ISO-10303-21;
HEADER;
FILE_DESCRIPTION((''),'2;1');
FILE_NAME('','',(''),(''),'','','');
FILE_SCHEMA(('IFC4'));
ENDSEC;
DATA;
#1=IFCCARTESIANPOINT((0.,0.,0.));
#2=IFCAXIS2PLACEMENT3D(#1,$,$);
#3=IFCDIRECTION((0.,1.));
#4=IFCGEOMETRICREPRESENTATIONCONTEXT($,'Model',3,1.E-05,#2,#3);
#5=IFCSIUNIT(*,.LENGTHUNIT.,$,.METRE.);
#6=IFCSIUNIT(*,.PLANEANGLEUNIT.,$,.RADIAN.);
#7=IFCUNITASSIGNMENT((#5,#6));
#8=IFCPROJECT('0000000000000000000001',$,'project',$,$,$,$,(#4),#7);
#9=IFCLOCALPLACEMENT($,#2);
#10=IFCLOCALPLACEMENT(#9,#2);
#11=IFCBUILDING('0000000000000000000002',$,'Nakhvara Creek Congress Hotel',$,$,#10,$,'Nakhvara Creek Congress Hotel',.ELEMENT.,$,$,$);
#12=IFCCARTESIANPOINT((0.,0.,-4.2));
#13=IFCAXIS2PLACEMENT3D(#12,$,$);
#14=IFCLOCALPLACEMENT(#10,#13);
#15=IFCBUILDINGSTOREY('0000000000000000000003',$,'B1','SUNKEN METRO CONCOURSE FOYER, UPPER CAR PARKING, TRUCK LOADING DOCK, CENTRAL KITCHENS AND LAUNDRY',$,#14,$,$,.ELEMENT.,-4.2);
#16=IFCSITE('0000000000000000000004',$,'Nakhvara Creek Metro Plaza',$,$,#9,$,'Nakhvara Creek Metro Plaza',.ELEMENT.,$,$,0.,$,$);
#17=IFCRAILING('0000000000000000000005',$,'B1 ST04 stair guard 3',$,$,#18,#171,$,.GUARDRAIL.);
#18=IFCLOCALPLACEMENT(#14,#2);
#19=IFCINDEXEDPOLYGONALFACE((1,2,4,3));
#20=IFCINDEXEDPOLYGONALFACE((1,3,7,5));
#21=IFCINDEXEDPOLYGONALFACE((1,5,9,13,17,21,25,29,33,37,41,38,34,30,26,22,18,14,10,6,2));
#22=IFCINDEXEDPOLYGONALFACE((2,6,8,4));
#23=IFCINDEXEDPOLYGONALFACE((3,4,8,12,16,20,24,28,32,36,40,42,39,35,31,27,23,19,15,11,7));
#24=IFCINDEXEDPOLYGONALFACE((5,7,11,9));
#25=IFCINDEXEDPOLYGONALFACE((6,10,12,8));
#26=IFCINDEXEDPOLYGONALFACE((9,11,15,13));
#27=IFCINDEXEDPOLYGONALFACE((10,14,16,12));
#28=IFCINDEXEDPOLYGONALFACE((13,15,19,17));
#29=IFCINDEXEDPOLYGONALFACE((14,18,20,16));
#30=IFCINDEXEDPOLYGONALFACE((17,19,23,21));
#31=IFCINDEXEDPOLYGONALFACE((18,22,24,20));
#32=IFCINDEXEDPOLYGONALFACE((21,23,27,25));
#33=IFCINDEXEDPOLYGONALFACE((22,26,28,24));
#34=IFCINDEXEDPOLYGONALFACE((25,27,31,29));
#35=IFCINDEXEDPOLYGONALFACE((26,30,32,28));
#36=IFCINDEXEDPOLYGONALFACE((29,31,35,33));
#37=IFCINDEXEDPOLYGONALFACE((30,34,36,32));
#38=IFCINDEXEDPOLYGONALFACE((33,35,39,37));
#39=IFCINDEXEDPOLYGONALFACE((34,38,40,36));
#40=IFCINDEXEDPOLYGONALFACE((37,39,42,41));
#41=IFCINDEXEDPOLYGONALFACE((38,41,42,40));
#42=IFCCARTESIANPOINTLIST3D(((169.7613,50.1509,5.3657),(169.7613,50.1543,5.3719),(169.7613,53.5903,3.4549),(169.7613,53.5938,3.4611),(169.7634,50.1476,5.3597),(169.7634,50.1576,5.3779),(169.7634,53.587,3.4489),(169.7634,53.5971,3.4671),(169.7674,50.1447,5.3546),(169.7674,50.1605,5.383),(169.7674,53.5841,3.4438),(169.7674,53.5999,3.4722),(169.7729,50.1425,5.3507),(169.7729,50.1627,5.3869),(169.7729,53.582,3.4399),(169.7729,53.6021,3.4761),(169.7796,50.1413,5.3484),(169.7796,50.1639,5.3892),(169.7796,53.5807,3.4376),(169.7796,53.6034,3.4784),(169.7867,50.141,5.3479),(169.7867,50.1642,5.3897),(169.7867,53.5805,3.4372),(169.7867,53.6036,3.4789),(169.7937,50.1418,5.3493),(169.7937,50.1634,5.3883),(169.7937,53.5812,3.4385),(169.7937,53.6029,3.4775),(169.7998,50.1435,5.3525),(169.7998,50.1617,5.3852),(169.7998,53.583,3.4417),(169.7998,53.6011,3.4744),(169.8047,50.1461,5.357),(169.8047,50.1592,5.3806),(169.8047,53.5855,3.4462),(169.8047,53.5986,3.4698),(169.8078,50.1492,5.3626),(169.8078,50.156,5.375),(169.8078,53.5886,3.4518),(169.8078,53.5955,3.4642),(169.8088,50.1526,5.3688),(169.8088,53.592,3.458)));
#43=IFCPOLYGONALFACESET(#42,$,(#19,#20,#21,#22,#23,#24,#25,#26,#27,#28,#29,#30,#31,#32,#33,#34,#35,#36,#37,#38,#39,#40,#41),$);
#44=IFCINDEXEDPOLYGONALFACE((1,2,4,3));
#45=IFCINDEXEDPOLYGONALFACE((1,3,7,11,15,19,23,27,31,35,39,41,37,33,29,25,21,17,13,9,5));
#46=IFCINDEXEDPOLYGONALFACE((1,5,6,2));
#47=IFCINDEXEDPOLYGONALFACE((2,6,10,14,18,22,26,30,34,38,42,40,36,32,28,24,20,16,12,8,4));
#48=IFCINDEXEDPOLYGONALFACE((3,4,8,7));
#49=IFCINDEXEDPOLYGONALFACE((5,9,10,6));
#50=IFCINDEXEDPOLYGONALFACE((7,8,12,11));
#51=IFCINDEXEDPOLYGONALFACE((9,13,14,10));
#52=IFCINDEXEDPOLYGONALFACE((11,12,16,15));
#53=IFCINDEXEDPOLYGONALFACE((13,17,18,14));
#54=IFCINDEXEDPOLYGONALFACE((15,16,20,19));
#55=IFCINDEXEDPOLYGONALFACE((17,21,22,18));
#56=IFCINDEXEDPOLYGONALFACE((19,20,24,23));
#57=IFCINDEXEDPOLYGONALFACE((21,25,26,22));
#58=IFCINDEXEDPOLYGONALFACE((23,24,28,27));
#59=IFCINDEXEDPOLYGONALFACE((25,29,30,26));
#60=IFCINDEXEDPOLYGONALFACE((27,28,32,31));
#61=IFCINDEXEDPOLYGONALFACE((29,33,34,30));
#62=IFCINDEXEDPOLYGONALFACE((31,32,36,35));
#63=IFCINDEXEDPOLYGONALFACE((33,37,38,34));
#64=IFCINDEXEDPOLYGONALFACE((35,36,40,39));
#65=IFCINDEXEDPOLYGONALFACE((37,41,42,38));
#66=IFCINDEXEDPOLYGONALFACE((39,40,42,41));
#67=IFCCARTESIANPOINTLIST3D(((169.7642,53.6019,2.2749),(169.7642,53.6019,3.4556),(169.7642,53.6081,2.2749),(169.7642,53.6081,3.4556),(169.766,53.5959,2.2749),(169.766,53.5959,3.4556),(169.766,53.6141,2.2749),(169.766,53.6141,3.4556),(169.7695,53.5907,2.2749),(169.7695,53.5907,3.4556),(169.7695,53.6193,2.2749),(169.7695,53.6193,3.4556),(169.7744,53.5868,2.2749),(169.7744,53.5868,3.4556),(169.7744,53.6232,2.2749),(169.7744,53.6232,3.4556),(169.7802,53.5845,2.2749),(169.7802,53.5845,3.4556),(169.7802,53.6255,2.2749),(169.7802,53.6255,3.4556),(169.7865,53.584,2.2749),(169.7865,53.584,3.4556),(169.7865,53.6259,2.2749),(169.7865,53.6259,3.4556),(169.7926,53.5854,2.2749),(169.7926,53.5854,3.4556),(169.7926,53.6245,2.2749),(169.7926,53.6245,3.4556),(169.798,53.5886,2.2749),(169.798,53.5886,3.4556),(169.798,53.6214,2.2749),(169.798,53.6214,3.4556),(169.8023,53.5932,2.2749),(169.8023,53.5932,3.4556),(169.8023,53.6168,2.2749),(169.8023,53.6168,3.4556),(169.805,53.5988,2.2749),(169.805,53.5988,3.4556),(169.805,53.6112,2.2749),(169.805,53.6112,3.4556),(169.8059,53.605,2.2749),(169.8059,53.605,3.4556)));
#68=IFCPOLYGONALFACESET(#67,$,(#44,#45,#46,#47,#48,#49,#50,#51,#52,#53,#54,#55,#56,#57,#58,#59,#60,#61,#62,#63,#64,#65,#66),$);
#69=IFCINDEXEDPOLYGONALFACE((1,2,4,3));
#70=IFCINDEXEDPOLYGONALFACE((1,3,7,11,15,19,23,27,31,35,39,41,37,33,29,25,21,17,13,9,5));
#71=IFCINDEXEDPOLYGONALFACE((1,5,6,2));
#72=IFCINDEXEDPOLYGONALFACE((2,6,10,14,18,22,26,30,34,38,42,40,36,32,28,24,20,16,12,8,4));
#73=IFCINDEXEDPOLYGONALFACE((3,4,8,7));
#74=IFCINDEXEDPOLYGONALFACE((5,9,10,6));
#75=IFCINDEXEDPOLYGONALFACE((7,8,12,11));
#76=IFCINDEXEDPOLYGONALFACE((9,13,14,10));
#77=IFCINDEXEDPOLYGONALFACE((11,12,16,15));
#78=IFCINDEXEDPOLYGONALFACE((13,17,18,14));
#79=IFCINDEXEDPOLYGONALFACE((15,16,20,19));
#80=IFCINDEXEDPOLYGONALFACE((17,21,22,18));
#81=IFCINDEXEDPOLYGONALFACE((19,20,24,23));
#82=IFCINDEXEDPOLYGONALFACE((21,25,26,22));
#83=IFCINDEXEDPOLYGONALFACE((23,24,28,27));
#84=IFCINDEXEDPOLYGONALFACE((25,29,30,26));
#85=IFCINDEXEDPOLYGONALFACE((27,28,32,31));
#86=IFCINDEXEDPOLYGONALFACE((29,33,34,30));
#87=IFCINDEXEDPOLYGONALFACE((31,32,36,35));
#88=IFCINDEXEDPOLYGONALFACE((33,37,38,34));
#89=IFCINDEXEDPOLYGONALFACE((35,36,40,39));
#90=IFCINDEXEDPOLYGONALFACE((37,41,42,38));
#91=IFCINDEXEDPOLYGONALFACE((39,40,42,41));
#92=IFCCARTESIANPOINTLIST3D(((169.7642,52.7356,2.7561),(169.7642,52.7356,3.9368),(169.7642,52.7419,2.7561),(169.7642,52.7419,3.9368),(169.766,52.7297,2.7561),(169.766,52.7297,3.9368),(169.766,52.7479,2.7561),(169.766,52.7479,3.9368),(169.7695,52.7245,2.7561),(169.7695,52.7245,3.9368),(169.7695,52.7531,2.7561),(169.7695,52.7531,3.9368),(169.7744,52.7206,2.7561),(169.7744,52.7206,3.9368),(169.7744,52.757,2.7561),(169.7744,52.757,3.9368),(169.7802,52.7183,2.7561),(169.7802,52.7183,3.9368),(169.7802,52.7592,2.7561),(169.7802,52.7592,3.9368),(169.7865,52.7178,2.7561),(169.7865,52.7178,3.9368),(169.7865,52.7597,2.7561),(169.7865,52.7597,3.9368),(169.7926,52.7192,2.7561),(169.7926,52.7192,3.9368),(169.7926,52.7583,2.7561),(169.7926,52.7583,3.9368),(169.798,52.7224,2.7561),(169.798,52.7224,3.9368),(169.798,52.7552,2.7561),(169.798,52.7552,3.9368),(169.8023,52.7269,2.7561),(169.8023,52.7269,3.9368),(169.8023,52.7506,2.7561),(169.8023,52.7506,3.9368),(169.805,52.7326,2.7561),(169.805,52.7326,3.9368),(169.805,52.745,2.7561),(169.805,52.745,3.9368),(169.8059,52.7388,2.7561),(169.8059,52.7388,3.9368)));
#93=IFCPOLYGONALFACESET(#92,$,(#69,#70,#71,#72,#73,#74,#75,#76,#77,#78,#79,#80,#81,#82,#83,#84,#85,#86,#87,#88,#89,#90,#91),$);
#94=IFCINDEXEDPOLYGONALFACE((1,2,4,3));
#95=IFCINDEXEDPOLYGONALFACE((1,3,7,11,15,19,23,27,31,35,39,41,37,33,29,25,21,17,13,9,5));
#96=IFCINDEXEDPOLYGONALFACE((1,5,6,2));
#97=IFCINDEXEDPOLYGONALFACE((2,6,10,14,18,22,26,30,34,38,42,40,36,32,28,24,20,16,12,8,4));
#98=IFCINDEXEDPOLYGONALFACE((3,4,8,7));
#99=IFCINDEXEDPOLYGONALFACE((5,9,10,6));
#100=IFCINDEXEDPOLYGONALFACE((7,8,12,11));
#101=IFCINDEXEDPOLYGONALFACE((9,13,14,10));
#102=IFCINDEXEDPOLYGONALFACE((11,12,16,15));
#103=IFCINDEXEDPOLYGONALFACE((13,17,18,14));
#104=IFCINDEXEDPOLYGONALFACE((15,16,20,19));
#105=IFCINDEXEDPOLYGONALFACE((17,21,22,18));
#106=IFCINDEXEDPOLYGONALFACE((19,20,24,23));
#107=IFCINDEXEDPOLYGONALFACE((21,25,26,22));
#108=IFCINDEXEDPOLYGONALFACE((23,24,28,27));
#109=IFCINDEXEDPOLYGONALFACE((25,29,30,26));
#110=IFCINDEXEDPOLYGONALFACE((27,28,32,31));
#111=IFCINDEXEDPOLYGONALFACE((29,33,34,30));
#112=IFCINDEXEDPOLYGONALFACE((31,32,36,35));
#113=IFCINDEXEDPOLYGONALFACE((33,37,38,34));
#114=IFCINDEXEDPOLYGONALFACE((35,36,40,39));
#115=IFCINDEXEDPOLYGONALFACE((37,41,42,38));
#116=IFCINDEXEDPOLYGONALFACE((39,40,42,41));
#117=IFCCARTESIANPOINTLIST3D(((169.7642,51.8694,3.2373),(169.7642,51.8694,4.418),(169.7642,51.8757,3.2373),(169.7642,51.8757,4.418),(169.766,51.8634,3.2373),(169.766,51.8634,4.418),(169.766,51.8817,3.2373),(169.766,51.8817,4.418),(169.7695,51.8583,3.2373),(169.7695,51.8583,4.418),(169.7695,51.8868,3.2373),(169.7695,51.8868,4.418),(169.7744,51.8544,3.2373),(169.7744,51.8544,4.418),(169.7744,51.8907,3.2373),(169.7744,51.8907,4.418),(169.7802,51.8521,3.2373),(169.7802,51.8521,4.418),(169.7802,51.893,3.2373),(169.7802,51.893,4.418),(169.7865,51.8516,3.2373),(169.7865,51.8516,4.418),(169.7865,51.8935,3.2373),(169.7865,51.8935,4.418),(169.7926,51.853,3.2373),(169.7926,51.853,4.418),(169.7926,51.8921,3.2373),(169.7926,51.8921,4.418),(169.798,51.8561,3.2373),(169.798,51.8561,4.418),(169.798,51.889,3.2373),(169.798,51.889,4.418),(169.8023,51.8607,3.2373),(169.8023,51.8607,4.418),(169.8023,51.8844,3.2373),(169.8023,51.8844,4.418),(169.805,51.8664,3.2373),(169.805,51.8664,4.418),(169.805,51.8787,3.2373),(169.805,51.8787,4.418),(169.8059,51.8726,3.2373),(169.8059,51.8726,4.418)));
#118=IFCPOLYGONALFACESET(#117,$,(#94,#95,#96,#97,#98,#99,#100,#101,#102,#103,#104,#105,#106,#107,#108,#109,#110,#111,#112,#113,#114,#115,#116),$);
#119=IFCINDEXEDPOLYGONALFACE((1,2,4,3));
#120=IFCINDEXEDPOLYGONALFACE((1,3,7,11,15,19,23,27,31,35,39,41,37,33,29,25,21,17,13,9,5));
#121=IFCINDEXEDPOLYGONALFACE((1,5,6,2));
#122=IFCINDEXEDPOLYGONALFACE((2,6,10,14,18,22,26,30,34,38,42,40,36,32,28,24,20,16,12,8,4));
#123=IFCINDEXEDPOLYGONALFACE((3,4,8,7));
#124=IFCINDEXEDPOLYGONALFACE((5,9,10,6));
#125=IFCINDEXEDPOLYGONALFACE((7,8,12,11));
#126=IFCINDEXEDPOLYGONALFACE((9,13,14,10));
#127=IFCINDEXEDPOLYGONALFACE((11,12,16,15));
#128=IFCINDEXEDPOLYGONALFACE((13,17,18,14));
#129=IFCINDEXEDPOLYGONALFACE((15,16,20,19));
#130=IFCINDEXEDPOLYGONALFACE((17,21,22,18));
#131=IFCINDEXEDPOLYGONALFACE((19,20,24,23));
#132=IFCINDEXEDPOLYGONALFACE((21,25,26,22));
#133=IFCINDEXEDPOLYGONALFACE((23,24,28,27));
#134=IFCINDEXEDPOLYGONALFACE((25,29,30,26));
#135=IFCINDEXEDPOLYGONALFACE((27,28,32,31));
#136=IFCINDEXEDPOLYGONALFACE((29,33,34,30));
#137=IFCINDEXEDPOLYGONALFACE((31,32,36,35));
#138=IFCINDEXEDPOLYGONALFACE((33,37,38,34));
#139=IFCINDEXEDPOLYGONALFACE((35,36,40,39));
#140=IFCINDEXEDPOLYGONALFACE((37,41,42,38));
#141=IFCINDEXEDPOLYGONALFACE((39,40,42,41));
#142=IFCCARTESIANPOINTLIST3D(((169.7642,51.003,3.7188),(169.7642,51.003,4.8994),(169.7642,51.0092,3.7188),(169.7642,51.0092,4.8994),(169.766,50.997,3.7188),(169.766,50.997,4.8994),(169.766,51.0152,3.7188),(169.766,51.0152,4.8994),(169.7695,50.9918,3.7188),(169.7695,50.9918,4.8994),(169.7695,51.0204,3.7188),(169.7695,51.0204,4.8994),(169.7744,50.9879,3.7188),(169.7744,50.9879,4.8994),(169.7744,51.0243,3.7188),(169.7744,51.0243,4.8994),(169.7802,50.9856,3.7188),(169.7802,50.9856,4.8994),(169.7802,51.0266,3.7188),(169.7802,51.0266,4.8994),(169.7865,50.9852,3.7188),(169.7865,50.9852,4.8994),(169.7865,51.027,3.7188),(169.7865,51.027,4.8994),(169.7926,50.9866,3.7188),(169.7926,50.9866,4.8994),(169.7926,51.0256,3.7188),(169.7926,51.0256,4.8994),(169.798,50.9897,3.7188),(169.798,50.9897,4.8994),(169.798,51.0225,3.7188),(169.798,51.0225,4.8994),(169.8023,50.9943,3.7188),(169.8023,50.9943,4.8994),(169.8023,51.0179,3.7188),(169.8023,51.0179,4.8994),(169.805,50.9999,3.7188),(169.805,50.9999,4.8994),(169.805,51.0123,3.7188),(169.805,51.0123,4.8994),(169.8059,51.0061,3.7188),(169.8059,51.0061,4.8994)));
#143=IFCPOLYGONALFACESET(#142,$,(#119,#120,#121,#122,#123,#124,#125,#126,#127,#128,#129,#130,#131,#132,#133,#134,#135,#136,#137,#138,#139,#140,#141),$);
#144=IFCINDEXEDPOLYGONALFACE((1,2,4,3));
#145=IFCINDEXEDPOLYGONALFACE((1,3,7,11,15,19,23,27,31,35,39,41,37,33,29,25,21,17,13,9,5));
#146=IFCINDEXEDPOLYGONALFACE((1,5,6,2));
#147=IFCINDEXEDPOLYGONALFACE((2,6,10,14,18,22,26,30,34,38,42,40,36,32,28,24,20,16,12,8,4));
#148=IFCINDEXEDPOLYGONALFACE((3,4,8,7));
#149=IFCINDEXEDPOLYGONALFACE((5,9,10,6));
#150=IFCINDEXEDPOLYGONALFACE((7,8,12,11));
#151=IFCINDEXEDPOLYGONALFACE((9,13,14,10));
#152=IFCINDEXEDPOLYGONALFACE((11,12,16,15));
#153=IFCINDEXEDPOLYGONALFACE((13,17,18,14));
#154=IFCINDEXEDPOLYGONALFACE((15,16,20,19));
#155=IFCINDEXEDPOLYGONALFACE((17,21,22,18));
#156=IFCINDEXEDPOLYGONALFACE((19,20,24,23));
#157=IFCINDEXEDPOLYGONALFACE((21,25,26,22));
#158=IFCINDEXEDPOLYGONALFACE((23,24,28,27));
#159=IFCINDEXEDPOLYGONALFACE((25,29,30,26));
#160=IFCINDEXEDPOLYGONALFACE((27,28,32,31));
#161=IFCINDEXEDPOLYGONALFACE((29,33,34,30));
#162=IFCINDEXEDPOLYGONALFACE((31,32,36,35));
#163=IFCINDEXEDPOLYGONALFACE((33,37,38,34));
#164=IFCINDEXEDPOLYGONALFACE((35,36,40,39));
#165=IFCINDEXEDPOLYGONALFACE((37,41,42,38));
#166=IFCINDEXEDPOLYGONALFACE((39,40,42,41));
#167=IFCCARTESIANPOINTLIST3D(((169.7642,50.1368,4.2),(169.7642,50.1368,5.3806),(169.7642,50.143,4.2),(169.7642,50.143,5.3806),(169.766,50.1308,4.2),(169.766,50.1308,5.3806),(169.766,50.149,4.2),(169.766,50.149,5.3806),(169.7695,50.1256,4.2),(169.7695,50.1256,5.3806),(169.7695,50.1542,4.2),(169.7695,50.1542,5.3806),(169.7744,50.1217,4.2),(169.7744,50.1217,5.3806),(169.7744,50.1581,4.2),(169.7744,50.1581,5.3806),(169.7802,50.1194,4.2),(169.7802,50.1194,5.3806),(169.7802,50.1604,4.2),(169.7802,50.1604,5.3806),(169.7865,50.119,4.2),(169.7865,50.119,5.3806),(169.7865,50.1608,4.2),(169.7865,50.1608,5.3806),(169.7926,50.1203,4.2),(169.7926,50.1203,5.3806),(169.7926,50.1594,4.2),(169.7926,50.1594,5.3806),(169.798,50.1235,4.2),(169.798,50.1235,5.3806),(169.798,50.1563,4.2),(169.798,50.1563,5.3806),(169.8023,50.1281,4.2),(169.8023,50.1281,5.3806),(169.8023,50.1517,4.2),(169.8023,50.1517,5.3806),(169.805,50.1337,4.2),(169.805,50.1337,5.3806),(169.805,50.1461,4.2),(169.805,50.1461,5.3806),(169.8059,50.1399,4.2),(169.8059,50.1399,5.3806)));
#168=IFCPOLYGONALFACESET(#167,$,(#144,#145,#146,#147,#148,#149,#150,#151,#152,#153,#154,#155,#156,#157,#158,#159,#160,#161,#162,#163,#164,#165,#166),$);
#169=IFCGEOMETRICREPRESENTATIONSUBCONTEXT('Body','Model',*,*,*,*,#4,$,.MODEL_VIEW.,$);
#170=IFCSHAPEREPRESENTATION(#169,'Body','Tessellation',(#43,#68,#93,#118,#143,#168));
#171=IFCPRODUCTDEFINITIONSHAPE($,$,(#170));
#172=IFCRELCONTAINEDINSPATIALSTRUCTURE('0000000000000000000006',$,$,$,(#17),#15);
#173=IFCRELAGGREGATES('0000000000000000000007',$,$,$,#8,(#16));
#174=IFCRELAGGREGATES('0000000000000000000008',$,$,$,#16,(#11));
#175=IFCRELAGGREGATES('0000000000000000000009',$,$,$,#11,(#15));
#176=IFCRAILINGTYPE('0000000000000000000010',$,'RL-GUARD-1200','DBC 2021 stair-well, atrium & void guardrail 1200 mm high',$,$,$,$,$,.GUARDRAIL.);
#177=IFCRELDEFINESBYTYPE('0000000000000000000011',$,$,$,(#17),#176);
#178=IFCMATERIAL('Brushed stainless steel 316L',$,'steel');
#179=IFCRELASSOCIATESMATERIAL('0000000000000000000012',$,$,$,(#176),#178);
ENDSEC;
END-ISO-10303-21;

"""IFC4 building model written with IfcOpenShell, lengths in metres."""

from ifc_helpers import new_model, si_unit, direction, frame, origin, origin_2d, place, context, subcontext, project, spatial, circle, extrude, material, type_object, element, save


model = new_model("IFC4")

# Units and contexts
model_context = context("Model", 3, precision=1e-05, world=origin(), true_north=direction((0.0, 1.0)))
body_context = subcontext(model_context, "Body", "Model", "MODEL_VIEW")
ifc_project = project(units=[si_unit("LENGTHUNIT", "METRE"), si_unit("PLANEANGLEUNIT", "RADIAN")], contexts=[model_context])

# Site, building, storey
site_placement = place(None, origin())
site = spatial("IfcSite", under=ifc_project, at=site_placement, Name="Nakhvara Creek Metro Plaza", LongName="Nakhvara Creek Metro Plaza", CompositionType="ELEMENT", RefElevation=0.0)
building_placement = place(site_placement, origin())
building = spatial("IfcBuilding", under=site, at=building_placement, Name="Nakhvara Creek Congress Hotel", LongName="Nakhvara Creek Congress Hotel", CompositionType="ELEMENT")
storey_placement = place(building_placement, frame((0.0, 0.0, -4.2)))
storey = spatial("IfcBuildingStorey", under=building, at=storey_placement, Name="B1", Description="SUNKEN METRO CONCOURSE FOYER, UPPER CAR PARKING, TRUCK LOADING DOCK, CENTRAL KITCHENS AND LAUNDRY", CompositionType="ELEMENT", Elevation=-4.2)

# Railing
ifc_material_1 = material(Name="Brushed stainless steel 316L", Category="steel")
railing_type_1 = type_object("IfcRailingType", Name="RL-GUARD-1200", Description="DBC 2021 stair-well, atrium & void guardrail 1200 mm high", PredefinedType="GUARDRAIL", material=ifc_material_1)
railing_1_placement = place(storey_placement, frame((169.7849, 53.605, 2.2749)))
element("IfcRailing", 1, at=railing_1_placement, inside=storey, type_object=railing_type_1, Name="B1 ST04 stair guard 3", PredefinedType="GUARDRAIL", context=body_context, shape_type="SweptSolid", body=[
    extrude(circle(Radius=0.0239, at=origin_2d()), frame((0.0, -0.0129, 1.1831), z_axis=(0.0, -0.874157, 0.485643), x_axis=(1.0, 0.0, 0.0)), (0.0, 0.0, 1.0), 3.9346),
    extrude(circle(Radius=0.021, at=origin_2d()), origin(), (0.0, 0.0, 1.0), 1.1807),
    extrude(circle(Radius=0.021, at=origin_2d()), frame((0.0, -0.8662, 0.4812)), (0.0, 0.0, 1.0), 1.1807),
    extrude(circle(Radius=0.021, at=origin_2d()), frame((0.0, -1.7324, 0.9624)), (0.0, 0.0, 1.0), 1.1807),
    extrude(circle(Radius=0.021, at=origin_2d()), frame((0.0, -2.5989, 1.4438)), (0.0, 0.0, 1.0), 1.1807),
    extrude(circle(Radius=0.021, at=origin_2d()), frame((0.0, -3.4651, 1.925)), (0.0, 0.0, 1.0), 1.1807),
])

save(model, "model.ifc")
